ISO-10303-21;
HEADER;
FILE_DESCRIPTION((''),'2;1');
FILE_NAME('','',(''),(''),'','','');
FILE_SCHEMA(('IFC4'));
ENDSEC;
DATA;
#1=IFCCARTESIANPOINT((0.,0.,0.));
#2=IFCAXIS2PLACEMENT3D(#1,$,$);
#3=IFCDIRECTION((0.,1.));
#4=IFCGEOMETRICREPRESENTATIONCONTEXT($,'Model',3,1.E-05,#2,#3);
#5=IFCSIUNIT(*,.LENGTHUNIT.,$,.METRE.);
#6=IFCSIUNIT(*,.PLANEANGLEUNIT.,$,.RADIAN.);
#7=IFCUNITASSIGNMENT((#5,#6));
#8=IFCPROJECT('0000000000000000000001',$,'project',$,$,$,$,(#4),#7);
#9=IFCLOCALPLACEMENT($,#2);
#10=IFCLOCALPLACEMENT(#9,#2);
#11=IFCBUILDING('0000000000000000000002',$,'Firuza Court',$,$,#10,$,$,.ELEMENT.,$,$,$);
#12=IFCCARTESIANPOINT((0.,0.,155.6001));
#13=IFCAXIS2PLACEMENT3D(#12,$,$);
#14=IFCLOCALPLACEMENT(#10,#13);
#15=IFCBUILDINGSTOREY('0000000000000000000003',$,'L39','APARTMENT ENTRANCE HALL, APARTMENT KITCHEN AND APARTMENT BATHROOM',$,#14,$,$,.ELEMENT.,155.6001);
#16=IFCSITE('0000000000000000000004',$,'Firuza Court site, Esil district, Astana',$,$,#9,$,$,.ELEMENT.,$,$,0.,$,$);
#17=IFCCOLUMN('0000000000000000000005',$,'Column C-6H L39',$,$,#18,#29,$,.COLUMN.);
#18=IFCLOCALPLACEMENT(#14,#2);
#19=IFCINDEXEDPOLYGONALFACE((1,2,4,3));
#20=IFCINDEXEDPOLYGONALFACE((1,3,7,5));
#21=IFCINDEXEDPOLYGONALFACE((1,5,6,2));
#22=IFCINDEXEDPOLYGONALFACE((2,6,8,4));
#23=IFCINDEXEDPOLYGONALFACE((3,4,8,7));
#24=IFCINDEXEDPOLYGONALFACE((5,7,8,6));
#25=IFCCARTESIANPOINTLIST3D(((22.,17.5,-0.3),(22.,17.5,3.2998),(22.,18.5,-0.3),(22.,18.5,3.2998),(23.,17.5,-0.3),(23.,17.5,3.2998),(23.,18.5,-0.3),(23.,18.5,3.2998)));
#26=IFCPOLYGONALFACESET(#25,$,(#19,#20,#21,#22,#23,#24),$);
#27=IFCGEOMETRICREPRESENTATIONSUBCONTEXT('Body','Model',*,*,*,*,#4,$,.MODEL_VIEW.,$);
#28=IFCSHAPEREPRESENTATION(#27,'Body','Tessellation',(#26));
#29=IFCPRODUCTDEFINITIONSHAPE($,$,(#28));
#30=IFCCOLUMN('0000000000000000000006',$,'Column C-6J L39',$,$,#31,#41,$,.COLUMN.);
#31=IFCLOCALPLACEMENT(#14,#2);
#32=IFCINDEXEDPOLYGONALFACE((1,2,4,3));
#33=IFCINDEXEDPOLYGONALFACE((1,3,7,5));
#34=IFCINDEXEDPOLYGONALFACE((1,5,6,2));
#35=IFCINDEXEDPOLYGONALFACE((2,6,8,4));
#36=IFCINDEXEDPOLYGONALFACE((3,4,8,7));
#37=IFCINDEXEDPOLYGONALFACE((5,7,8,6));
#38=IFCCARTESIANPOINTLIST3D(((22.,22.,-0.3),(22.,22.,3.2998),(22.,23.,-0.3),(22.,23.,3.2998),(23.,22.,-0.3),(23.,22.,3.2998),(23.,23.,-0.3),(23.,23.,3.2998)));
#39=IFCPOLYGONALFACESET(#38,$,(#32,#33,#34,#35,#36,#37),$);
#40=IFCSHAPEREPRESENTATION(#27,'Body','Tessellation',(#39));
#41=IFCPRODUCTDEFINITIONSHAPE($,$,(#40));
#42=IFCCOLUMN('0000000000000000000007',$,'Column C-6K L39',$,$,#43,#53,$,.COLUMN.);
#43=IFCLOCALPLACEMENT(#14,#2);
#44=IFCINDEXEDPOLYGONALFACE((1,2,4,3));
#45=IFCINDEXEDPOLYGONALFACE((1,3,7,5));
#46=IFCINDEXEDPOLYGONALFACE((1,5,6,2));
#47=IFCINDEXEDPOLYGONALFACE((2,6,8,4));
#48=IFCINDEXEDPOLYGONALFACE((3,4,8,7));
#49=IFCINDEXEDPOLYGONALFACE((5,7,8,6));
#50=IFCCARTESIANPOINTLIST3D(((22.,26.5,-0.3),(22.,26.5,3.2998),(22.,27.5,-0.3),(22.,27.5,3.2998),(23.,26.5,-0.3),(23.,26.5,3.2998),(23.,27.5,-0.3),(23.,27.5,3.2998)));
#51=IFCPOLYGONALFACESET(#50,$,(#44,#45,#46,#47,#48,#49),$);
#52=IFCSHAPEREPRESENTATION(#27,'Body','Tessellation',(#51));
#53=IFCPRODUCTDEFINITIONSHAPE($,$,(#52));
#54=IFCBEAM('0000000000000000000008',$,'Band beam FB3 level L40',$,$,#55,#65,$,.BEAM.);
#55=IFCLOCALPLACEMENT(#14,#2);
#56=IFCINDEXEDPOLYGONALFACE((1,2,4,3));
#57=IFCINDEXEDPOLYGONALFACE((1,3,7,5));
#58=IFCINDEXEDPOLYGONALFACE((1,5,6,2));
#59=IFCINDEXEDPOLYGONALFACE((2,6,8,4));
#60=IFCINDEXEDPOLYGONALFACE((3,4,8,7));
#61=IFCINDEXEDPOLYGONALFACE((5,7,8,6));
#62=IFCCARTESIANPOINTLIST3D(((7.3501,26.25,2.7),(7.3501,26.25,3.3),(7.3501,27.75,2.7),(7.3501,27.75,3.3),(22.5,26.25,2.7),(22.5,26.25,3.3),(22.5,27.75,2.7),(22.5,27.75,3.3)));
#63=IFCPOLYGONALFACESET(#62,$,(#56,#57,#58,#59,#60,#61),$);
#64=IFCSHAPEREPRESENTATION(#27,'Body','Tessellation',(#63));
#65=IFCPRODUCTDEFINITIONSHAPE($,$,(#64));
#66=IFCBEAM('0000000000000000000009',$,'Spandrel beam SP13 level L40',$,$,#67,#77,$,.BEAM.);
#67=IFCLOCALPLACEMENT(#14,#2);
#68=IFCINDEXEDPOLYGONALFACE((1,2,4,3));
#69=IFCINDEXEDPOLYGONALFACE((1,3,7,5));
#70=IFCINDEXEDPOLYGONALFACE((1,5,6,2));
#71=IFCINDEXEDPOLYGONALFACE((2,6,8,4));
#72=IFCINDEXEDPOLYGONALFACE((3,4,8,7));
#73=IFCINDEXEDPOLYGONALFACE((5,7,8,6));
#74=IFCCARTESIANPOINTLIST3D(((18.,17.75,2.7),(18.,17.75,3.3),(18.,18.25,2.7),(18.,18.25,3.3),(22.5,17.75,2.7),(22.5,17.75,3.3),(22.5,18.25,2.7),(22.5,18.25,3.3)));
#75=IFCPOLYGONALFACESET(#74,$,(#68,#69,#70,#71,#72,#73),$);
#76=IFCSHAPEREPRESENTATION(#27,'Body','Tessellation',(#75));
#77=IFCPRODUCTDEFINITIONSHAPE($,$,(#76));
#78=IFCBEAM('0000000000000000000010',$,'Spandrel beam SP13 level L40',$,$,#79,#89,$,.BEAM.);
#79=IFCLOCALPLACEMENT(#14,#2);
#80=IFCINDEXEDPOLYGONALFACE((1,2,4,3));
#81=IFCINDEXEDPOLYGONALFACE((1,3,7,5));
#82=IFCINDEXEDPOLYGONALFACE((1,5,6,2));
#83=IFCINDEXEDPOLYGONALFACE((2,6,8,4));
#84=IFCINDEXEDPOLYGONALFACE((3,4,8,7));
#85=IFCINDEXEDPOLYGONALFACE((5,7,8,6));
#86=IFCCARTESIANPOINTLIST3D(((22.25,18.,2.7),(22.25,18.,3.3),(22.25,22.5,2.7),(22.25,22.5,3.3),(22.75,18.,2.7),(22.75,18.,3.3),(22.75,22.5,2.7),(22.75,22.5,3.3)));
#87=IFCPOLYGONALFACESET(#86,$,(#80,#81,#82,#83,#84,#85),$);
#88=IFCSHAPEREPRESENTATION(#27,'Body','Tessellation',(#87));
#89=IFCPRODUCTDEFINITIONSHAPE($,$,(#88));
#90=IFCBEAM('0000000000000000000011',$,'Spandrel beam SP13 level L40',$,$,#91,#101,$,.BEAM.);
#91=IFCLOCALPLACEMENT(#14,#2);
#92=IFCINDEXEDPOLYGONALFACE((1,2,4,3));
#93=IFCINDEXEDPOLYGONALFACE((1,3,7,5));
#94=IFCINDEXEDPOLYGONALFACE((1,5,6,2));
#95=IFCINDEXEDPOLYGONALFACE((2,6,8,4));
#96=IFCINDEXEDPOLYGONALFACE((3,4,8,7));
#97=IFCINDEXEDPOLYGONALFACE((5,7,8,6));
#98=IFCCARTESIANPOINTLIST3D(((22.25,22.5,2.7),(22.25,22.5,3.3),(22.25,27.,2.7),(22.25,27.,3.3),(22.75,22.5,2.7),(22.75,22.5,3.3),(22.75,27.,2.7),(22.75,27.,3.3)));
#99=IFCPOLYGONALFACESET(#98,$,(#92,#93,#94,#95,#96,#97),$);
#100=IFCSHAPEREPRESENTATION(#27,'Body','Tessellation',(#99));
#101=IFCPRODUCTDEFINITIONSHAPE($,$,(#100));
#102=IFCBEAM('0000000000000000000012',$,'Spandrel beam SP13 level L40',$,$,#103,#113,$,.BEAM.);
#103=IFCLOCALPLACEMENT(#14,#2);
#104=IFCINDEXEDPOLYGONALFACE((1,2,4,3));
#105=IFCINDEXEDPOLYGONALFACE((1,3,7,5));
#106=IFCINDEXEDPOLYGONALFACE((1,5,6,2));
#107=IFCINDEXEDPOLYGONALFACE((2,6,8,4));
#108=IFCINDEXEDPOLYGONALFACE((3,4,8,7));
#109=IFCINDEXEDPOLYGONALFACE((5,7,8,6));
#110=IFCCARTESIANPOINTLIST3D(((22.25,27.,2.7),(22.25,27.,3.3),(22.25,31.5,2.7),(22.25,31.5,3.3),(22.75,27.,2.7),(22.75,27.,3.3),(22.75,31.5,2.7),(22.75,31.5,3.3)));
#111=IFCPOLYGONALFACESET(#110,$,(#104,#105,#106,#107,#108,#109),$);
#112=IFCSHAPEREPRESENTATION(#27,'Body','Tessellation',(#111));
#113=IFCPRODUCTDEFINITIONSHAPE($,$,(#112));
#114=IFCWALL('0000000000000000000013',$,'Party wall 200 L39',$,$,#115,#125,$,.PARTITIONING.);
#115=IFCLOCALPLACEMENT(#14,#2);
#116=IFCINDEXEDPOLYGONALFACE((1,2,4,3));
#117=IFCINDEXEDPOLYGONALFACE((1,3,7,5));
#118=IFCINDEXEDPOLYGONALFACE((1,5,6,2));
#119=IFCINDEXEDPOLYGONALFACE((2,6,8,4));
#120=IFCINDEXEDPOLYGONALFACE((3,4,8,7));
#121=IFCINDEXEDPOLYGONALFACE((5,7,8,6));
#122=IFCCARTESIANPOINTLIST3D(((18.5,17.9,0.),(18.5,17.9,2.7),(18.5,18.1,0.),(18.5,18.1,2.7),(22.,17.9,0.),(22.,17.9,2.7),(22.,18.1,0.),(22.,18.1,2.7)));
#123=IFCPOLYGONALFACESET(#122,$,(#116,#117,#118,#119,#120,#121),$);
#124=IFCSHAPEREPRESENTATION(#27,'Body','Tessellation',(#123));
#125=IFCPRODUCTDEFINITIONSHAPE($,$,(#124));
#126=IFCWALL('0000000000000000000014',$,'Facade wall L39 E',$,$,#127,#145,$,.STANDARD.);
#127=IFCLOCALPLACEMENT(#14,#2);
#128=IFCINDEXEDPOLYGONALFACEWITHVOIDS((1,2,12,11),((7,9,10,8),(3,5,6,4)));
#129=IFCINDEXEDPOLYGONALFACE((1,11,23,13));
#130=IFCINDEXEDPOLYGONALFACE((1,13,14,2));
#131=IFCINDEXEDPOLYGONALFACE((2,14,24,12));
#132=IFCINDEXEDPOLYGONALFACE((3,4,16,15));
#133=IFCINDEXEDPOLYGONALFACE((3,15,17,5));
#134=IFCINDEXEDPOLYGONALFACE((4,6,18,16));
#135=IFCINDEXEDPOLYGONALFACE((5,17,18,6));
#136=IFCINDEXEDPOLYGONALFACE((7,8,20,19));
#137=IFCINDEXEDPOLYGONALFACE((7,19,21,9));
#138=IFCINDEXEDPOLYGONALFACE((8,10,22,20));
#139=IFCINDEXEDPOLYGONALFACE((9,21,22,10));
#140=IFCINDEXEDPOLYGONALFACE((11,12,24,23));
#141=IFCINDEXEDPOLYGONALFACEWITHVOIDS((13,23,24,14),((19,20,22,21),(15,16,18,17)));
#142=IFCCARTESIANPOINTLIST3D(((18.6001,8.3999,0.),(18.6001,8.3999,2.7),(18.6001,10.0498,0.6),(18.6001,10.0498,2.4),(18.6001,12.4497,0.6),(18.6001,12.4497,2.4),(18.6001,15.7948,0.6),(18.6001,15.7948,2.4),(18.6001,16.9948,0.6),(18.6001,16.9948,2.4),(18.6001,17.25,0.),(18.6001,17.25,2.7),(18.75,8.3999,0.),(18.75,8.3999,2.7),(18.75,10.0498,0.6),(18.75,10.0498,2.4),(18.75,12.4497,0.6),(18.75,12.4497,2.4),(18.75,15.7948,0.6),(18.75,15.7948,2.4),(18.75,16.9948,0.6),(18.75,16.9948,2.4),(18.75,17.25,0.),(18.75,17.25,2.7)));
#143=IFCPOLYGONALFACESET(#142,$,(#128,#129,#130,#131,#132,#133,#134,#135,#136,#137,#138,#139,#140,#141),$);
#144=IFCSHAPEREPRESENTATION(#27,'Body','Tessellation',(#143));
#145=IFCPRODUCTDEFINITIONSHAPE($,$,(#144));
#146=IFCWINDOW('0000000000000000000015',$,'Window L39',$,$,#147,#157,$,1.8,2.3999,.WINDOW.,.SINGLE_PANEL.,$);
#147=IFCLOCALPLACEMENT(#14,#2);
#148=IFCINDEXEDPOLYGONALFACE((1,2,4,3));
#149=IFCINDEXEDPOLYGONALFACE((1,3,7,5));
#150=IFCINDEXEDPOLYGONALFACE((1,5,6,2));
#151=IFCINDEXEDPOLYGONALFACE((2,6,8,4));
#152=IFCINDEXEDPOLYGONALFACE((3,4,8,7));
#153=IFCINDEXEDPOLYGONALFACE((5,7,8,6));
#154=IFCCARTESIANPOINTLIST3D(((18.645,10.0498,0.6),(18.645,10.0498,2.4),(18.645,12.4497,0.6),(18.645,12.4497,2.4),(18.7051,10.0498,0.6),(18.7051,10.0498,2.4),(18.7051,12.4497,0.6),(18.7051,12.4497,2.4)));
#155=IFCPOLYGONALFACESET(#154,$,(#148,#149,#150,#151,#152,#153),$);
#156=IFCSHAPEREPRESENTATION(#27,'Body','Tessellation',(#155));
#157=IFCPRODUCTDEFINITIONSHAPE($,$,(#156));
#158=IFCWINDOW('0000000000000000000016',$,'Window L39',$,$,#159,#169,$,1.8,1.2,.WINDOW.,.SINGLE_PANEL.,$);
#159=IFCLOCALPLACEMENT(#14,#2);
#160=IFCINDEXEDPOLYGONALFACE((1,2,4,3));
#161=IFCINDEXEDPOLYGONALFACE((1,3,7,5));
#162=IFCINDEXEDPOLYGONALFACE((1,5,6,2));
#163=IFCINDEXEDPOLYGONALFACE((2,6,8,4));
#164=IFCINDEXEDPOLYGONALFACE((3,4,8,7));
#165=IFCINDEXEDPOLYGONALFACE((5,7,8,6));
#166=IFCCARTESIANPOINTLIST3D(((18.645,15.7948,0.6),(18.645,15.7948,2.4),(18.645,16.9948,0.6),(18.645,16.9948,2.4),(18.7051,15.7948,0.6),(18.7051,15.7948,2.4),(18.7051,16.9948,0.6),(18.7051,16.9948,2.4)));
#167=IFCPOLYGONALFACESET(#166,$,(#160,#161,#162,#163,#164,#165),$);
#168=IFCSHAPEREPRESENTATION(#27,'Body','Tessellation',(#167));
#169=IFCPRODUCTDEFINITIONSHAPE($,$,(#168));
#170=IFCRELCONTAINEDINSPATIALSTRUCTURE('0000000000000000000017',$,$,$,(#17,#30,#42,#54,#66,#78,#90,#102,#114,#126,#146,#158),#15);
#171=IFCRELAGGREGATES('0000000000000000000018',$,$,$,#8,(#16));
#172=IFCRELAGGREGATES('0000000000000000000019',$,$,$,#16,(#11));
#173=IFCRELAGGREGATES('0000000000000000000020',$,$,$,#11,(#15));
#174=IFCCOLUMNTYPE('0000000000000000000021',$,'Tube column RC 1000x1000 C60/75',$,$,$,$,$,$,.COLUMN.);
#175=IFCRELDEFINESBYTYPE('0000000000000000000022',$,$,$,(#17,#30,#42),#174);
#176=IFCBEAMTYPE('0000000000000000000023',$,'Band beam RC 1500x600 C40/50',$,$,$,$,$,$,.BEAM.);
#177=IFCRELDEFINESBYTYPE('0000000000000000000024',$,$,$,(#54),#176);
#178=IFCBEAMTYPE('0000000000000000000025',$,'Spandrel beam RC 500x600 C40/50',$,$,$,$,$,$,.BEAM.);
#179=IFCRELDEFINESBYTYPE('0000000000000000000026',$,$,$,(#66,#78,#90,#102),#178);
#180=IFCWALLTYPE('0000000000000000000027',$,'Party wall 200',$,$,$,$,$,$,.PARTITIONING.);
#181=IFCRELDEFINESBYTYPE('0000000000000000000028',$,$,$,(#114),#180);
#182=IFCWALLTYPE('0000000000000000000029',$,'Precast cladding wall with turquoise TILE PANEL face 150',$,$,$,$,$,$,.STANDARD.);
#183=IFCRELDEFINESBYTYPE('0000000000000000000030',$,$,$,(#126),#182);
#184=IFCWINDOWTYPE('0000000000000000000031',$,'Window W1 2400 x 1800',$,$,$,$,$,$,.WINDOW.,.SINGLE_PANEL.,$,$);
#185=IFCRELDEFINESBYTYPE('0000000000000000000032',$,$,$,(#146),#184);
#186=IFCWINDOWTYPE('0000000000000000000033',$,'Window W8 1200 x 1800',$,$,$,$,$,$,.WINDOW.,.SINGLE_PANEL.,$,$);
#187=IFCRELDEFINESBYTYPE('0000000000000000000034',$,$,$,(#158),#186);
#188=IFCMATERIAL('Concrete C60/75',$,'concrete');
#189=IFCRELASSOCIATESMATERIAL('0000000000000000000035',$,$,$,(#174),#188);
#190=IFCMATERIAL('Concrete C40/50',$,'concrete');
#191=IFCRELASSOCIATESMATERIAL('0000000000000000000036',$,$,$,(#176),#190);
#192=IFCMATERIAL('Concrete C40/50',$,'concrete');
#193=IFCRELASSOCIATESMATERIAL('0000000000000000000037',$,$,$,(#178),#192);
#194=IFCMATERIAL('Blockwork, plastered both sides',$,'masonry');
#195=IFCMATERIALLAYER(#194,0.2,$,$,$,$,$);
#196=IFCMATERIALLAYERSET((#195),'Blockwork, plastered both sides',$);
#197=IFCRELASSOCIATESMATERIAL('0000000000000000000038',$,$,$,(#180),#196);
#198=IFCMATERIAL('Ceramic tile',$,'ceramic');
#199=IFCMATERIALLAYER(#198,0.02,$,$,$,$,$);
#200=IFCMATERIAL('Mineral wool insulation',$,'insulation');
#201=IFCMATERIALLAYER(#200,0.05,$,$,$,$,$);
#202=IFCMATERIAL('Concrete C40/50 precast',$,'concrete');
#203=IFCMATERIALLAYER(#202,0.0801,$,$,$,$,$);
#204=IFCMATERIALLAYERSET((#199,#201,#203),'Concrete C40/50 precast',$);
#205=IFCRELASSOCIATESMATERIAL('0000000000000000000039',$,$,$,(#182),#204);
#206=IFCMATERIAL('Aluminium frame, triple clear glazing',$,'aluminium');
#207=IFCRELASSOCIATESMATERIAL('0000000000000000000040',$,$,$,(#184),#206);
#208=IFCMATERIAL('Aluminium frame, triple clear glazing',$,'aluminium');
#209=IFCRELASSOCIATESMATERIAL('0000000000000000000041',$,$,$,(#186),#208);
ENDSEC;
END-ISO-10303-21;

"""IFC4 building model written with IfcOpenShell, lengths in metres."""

from ifc_helpers import new_model, si_unit, direction, frame, frame_2d, origin, origin_2d, place, context, subcontext, project, spatial, rectangle, extrude, material, layer, layer_set, material_profile, profile_set, type_object, element, fill, save


model = new_model("IFC4")

# Units and contexts
model_context = context("Model", 3, precision=1e-05, world=origin(), true_north=direction((0.0, 1.0)))
body_context = subcontext(model_context, "Body", "Model", "MODEL_VIEW")
ifc_project = project(units=[si_unit("LENGTHUNIT", "METRE"), si_unit("PLANEANGLEUNIT", "RADIAN")], contexts=[model_context])

# Site, building, storey
site_placement = place(None, origin())
site = spatial("IfcSite", under=ifc_project, at=site_placement, Name="Firuza Court site, Esil district, Astana", CompositionType="ELEMENT", RefElevation=0.0)
building_placement = place(site_placement, origin())
building = spatial("IfcBuilding", under=site, at=building_placement, Name="Firuza Court", CompositionType="ELEMENT")
storey_placement = place(building_placement, frame((0.0, 0.0, 155.6001)))
storey = spatial("IfcBuildingStorey", under=building, at=storey_placement, Name="L39", Description="APARTMENT ENTRANCE HALL, APARTMENT KITCHEN AND APARTMENT BATHROOM", CompositionType="ELEMENT", Elevation=155.6001)

# Columns
ifc_material_1 = material(Name="Concrete C60/75", Category="concrete")
ifc_material_profile_1 = material_profile(ifc_material_1, rectangle(XDim=1.0, YDim=1.0, at=origin_2d()), Name="RC 1000x1000")
ifc_profile_set_1 = profile_set([ifc_material_profile_1], Name="Concrete C60/75")
column_type = type_object("IfcColumnType", Name="Tube column RC 1000x1000 C60/75", PredefinedType="COLUMN", material=ifc_profile_set_1)
for number, where, z_axis, x_axis, name in (
    (1, (22.5, 18.0, -0.3), (0.0, 0.0, 1.0), (1.0, 0.0, 0.0), "Column C-6H L39"),
    (2, (22.5, 22.5, -0.3), (0.0, 0.0, 1.0), (1.0, 0.0, 0.0), "Column C-6J L39"),
    (3, (22.5, 27.0, -0.3), (0.0, 0.0, 1.0), (1.0, 0.0, 0.0), "Column C-6K L39"),
):
    element("IfcColumn", number, at=place(storey_placement, frame(where, z_axis=z_axis, x_axis=x_axis)), inside=storey, type_object=column_type, Name=name, PredefinedType="COLUMN", context=body_context, shape_type="SweptSolid", body=[
        extrude(rectangle(XDim=1.0, YDim=1.0, at=origin_2d()), origin(), (0.0, 0.0, 1.0), 3.5999),
    ])

# Beams
ifc_material_2 = material(Name="Concrete C40/50", Category="concrete")
ifc_material_profile_2 = material_profile(ifc_material_2, rectangle(XDim=1.5, YDim=0.6001, at=origin_2d()), Name="RC 1500x600")
ifc_profile_set_2 = profile_set([ifc_material_profile_2], Name="Concrete C40/50")
beam_type_1 = type_object("IfcBeamType", Name="Band beam RC 1500x600 C40/50", PredefinedType="BEAM", material=ifc_profile_set_2)
beam_placement = place(storey_placement, frame((22.5, 27.0, 3.0), z_axis=(-1.0, 0.0, 0.0), x_axis=(0.0, -1.0, 0.0)))
element("IfcBeam", 4, at=beam_placement, inside=storey, type_object=beam_type_1, Name="Band beam FB3 level L40", PredefinedType="BEAM", context=body_context, shape_type="SweptSolid", body=[
    extrude(rectangle(XDim=1.5, YDim=0.6001, at=origin_2d()), origin(), (0.0, 0.0, 1.0), 15.1499),
])
ifc_material_3 = material(Name="Concrete C40/50", Category="concrete")
ifc_material_profile_3 = material_profile(ifc_material_3, rectangle(XDim=0.5, YDim=0.6001, at=origin_2d()), Name="RC 500x600")
ifc_profile_set_3 = profile_set([ifc_material_profile_3], Name="Concrete C40/50")
beam_type_2 = type_object("IfcBeamType", Name="Spandrel beam RC 500x600 C40/50", PredefinedType="BEAM", material=ifc_profile_set_3)
for number, where, z_axis, x_axis, name in (
    (5, (18.0, 18.0, 3.0), (1.0, 0.0, 0.0), (0.0, 1.0, 0.0), "Spandrel beam SP13 level L40"),
    (6, (22.5, 18.0, 3.0), (0.0, 1.0, 0.0), (-1.0, 0.0, 0.0), "Spandrel beam SP13 level L40"),
    (7, (22.5, 22.5, 3.0), (0.0, 1.0, 0.0), (-1.0, 0.0, 0.0), "Spandrel beam SP13 level L40"),
    (8, (22.5, 27.0, 3.0), (0.0, 1.0, 0.0), (-1.0, 0.0, 0.0), "Spandrel beam SP13 level L40"),
):
    element("IfcBeam", number, at=place(storey_placement, frame(where, z_axis=z_axis, x_axis=x_axis)), inside=storey, type_object=beam_type_2, Name=name, PredefinedType="BEAM", context=body_context, shape_type="SweptSolid", body=[
        extrude(rectangle(XDim=0.5, YDim=0.6001, at=origin_2d()), origin(), (0.0, 0.0, 1.0), 4.5),
    ])

# Wall
ifc_material_4 = material(Name="Blockwork, plastered both sides", Category="masonry")
ifc_layer_1 = layer(ifc_material_4, 0.2)
ifc_layer_set_1 = layer_set([ifc_layer_1], Name="Blockwork, plastered both sides")
wall_type_1 = type_object("IfcWallType", Name="Party wall 200", PredefinedType="PARTITIONING", material=ifc_layer_set_1)
wall_1_placement = place(storey_placement, frame((18.5, 18.0, 0.0), z_axis=(0.0, 0.0, 1.0), x_axis=(1.0, 0.0, 0.0)))
element("IfcWall", 9, at=wall_1_placement, inside=storey, type_object=wall_type_1, Name="Party wall 200 L39", PredefinedType="PARTITIONING", context=body_context, shape_type="SweptSolid", body=[
    extrude(rectangle(XDim=3.5, YDim=0.2, at=frame_2d((1.75, 0.0))), origin(), (0.0, 0.0, 1.0), 2.7),
])

# Wall, openings, windows
ifc_material_5 = material(Name="Ceramic tile", Category="ceramic")
ifc_layer_2 = layer(ifc_material_5, 0.02)
ifc_material_6 = material(Name="Mineral wool insulation", Category="insulation")
ifc_layer_3 = layer(ifc_material_6, 0.05)
ifc_material_7 = material(Name="Concrete C40/50 precast", Category="concrete")
ifc_layer_4 = layer(ifc_material_7, 0.0801)
ifc_layer_set_2 = layer_set([ifc_layer_2, ifc_layer_3, ifc_layer_4], Name="Concrete C40/50 precast")
wall_type_2 = type_object("IfcWallType", Name="Precast cladding wall with turquoise TILE PANEL face 150", PredefinedType="STANDARD", material=ifc_layer_set_2)
wall_2_placement = place(storey_placement, frame((18.675, 8.3999, 0.0), z_axis=(0.0, 0.0, 1.0), x_axis=(0.0, 1.0, 0.0)))
wall_2 = element("IfcWall", 10, at=wall_2_placement, inside=storey, type_object=wall_type_2, Name="Facade wall L39 E", PredefinedType="STANDARD", context=body_context, shape_type="SweptSolid", body=[
    extrude(rectangle(XDim=8.8501, YDim=0.1499, at=frame_2d((4.425, 0.0))), origin(), (0.0, 0.0, 1.0), 2.7),
])
opening_1_placement = place(wall_2_placement, frame((1.6499, 0.0, 0.6001)))
opening_1 = element("IfcOpeningElement", 11, at=opening_1_placement, cuts=wall_2, PredefinedType="OPENING", context=body_context, shape_type="SweptSolid", body=[
    extrude(rectangle(XDim=2.3999, YDim=1.8, at=frame_2d((1.2, 0.8999))), frame((0.0, 0.0869, 0.0), z_axis=(0.0, -1.0, 0.0), x_axis=(1.0, 0.0, 0.0)), (0.0, 0.0, 1.0), 0.1738),
])
opening_2_placement = place(wall_2_placement, frame((7.3948, 0.0, 0.6001)))
opening_2 = element("IfcOpeningElement", 12, at=opening_2_placement, cuts=wall_2, PredefinedType="OPENING", context=body_context, shape_type="SweptSolid", body=[
    extrude(rectangle(XDim=1.2, YDim=1.8, at=frame_2d((0.6001, 0.8999))), frame((0.0, 0.0869, 0.0), z_axis=(0.0, -1.0, 0.0), x_axis=(1.0, 0.0, 0.0)), (0.0, 0.0, 1.0), 0.1738),
])
ifc_material_8 = material(Name="Aluminium frame, triple clear glazing", Category="aluminium")
window_type_1 = type_object("IfcWindowType", Name="Window W1 2400 x 1800", PartitioningType="SINGLE_PANEL", PredefinedType="WINDOW", material=ifc_material_8)
window_1_placement = place(opening_1_placement, origin())
window_1 = element("IfcWindow", 13, at=window_1_placement, inside=storey, type_object=window_type_1, Name="Window L39", OverallHeight=1.8, OverallWidth=2.3999, PartitioningType="SINGLE_PANEL", PredefinedType="WINDOW", context=body_context, shape_type="SweptSolid", body=[
    extrude(rectangle(XDim=2.3999, YDim=1.8, at=frame_2d((1.2, 0.8999))), frame((0.0, 0.03, 0.0), z_axis=(0.0, -1.0, 0.0), x_axis=(1.0, 0.0, 0.0)), (0.0, 0.0, 1.0), 0.0601),
])
fill(opening_1, window_1)
ifc_material_9 = material(Name="Aluminium frame, triple clear glazing", Category="aluminium")
window_type_2 = type_object("IfcWindowType", Name="Window W8 1200 x 1800", PartitioningType="SINGLE_PANEL", PredefinedType="WINDOW", material=ifc_material_9)
window_2_placement = place(opening_2_placement, origin())
window_2 = element("IfcWindow", 14, at=window_2_placement, inside=storey, type_object=window_type_2, Name="Window L39", OverallHeight=1.8, OverallWidth=1.2, PartitioningType="SINGLE_PANEL", PredefinedType="WINDOW", context=body_context, shape_type="SweptSolid", body=[
    extrude(rectangle(XDim=1.2, YDim=1.8, at=frame_2d((0.6001, 0.8999))), frame((0.0, 0.03, 0.0), z_axis=(0.0, -1.0, 0.0), x_axis=(1.0, 0.0, 0.0)), (0.0, 0.0, 1.0), 0.0601),
])
fill(opening_2, window_2)

save(model, "model.ifc")
